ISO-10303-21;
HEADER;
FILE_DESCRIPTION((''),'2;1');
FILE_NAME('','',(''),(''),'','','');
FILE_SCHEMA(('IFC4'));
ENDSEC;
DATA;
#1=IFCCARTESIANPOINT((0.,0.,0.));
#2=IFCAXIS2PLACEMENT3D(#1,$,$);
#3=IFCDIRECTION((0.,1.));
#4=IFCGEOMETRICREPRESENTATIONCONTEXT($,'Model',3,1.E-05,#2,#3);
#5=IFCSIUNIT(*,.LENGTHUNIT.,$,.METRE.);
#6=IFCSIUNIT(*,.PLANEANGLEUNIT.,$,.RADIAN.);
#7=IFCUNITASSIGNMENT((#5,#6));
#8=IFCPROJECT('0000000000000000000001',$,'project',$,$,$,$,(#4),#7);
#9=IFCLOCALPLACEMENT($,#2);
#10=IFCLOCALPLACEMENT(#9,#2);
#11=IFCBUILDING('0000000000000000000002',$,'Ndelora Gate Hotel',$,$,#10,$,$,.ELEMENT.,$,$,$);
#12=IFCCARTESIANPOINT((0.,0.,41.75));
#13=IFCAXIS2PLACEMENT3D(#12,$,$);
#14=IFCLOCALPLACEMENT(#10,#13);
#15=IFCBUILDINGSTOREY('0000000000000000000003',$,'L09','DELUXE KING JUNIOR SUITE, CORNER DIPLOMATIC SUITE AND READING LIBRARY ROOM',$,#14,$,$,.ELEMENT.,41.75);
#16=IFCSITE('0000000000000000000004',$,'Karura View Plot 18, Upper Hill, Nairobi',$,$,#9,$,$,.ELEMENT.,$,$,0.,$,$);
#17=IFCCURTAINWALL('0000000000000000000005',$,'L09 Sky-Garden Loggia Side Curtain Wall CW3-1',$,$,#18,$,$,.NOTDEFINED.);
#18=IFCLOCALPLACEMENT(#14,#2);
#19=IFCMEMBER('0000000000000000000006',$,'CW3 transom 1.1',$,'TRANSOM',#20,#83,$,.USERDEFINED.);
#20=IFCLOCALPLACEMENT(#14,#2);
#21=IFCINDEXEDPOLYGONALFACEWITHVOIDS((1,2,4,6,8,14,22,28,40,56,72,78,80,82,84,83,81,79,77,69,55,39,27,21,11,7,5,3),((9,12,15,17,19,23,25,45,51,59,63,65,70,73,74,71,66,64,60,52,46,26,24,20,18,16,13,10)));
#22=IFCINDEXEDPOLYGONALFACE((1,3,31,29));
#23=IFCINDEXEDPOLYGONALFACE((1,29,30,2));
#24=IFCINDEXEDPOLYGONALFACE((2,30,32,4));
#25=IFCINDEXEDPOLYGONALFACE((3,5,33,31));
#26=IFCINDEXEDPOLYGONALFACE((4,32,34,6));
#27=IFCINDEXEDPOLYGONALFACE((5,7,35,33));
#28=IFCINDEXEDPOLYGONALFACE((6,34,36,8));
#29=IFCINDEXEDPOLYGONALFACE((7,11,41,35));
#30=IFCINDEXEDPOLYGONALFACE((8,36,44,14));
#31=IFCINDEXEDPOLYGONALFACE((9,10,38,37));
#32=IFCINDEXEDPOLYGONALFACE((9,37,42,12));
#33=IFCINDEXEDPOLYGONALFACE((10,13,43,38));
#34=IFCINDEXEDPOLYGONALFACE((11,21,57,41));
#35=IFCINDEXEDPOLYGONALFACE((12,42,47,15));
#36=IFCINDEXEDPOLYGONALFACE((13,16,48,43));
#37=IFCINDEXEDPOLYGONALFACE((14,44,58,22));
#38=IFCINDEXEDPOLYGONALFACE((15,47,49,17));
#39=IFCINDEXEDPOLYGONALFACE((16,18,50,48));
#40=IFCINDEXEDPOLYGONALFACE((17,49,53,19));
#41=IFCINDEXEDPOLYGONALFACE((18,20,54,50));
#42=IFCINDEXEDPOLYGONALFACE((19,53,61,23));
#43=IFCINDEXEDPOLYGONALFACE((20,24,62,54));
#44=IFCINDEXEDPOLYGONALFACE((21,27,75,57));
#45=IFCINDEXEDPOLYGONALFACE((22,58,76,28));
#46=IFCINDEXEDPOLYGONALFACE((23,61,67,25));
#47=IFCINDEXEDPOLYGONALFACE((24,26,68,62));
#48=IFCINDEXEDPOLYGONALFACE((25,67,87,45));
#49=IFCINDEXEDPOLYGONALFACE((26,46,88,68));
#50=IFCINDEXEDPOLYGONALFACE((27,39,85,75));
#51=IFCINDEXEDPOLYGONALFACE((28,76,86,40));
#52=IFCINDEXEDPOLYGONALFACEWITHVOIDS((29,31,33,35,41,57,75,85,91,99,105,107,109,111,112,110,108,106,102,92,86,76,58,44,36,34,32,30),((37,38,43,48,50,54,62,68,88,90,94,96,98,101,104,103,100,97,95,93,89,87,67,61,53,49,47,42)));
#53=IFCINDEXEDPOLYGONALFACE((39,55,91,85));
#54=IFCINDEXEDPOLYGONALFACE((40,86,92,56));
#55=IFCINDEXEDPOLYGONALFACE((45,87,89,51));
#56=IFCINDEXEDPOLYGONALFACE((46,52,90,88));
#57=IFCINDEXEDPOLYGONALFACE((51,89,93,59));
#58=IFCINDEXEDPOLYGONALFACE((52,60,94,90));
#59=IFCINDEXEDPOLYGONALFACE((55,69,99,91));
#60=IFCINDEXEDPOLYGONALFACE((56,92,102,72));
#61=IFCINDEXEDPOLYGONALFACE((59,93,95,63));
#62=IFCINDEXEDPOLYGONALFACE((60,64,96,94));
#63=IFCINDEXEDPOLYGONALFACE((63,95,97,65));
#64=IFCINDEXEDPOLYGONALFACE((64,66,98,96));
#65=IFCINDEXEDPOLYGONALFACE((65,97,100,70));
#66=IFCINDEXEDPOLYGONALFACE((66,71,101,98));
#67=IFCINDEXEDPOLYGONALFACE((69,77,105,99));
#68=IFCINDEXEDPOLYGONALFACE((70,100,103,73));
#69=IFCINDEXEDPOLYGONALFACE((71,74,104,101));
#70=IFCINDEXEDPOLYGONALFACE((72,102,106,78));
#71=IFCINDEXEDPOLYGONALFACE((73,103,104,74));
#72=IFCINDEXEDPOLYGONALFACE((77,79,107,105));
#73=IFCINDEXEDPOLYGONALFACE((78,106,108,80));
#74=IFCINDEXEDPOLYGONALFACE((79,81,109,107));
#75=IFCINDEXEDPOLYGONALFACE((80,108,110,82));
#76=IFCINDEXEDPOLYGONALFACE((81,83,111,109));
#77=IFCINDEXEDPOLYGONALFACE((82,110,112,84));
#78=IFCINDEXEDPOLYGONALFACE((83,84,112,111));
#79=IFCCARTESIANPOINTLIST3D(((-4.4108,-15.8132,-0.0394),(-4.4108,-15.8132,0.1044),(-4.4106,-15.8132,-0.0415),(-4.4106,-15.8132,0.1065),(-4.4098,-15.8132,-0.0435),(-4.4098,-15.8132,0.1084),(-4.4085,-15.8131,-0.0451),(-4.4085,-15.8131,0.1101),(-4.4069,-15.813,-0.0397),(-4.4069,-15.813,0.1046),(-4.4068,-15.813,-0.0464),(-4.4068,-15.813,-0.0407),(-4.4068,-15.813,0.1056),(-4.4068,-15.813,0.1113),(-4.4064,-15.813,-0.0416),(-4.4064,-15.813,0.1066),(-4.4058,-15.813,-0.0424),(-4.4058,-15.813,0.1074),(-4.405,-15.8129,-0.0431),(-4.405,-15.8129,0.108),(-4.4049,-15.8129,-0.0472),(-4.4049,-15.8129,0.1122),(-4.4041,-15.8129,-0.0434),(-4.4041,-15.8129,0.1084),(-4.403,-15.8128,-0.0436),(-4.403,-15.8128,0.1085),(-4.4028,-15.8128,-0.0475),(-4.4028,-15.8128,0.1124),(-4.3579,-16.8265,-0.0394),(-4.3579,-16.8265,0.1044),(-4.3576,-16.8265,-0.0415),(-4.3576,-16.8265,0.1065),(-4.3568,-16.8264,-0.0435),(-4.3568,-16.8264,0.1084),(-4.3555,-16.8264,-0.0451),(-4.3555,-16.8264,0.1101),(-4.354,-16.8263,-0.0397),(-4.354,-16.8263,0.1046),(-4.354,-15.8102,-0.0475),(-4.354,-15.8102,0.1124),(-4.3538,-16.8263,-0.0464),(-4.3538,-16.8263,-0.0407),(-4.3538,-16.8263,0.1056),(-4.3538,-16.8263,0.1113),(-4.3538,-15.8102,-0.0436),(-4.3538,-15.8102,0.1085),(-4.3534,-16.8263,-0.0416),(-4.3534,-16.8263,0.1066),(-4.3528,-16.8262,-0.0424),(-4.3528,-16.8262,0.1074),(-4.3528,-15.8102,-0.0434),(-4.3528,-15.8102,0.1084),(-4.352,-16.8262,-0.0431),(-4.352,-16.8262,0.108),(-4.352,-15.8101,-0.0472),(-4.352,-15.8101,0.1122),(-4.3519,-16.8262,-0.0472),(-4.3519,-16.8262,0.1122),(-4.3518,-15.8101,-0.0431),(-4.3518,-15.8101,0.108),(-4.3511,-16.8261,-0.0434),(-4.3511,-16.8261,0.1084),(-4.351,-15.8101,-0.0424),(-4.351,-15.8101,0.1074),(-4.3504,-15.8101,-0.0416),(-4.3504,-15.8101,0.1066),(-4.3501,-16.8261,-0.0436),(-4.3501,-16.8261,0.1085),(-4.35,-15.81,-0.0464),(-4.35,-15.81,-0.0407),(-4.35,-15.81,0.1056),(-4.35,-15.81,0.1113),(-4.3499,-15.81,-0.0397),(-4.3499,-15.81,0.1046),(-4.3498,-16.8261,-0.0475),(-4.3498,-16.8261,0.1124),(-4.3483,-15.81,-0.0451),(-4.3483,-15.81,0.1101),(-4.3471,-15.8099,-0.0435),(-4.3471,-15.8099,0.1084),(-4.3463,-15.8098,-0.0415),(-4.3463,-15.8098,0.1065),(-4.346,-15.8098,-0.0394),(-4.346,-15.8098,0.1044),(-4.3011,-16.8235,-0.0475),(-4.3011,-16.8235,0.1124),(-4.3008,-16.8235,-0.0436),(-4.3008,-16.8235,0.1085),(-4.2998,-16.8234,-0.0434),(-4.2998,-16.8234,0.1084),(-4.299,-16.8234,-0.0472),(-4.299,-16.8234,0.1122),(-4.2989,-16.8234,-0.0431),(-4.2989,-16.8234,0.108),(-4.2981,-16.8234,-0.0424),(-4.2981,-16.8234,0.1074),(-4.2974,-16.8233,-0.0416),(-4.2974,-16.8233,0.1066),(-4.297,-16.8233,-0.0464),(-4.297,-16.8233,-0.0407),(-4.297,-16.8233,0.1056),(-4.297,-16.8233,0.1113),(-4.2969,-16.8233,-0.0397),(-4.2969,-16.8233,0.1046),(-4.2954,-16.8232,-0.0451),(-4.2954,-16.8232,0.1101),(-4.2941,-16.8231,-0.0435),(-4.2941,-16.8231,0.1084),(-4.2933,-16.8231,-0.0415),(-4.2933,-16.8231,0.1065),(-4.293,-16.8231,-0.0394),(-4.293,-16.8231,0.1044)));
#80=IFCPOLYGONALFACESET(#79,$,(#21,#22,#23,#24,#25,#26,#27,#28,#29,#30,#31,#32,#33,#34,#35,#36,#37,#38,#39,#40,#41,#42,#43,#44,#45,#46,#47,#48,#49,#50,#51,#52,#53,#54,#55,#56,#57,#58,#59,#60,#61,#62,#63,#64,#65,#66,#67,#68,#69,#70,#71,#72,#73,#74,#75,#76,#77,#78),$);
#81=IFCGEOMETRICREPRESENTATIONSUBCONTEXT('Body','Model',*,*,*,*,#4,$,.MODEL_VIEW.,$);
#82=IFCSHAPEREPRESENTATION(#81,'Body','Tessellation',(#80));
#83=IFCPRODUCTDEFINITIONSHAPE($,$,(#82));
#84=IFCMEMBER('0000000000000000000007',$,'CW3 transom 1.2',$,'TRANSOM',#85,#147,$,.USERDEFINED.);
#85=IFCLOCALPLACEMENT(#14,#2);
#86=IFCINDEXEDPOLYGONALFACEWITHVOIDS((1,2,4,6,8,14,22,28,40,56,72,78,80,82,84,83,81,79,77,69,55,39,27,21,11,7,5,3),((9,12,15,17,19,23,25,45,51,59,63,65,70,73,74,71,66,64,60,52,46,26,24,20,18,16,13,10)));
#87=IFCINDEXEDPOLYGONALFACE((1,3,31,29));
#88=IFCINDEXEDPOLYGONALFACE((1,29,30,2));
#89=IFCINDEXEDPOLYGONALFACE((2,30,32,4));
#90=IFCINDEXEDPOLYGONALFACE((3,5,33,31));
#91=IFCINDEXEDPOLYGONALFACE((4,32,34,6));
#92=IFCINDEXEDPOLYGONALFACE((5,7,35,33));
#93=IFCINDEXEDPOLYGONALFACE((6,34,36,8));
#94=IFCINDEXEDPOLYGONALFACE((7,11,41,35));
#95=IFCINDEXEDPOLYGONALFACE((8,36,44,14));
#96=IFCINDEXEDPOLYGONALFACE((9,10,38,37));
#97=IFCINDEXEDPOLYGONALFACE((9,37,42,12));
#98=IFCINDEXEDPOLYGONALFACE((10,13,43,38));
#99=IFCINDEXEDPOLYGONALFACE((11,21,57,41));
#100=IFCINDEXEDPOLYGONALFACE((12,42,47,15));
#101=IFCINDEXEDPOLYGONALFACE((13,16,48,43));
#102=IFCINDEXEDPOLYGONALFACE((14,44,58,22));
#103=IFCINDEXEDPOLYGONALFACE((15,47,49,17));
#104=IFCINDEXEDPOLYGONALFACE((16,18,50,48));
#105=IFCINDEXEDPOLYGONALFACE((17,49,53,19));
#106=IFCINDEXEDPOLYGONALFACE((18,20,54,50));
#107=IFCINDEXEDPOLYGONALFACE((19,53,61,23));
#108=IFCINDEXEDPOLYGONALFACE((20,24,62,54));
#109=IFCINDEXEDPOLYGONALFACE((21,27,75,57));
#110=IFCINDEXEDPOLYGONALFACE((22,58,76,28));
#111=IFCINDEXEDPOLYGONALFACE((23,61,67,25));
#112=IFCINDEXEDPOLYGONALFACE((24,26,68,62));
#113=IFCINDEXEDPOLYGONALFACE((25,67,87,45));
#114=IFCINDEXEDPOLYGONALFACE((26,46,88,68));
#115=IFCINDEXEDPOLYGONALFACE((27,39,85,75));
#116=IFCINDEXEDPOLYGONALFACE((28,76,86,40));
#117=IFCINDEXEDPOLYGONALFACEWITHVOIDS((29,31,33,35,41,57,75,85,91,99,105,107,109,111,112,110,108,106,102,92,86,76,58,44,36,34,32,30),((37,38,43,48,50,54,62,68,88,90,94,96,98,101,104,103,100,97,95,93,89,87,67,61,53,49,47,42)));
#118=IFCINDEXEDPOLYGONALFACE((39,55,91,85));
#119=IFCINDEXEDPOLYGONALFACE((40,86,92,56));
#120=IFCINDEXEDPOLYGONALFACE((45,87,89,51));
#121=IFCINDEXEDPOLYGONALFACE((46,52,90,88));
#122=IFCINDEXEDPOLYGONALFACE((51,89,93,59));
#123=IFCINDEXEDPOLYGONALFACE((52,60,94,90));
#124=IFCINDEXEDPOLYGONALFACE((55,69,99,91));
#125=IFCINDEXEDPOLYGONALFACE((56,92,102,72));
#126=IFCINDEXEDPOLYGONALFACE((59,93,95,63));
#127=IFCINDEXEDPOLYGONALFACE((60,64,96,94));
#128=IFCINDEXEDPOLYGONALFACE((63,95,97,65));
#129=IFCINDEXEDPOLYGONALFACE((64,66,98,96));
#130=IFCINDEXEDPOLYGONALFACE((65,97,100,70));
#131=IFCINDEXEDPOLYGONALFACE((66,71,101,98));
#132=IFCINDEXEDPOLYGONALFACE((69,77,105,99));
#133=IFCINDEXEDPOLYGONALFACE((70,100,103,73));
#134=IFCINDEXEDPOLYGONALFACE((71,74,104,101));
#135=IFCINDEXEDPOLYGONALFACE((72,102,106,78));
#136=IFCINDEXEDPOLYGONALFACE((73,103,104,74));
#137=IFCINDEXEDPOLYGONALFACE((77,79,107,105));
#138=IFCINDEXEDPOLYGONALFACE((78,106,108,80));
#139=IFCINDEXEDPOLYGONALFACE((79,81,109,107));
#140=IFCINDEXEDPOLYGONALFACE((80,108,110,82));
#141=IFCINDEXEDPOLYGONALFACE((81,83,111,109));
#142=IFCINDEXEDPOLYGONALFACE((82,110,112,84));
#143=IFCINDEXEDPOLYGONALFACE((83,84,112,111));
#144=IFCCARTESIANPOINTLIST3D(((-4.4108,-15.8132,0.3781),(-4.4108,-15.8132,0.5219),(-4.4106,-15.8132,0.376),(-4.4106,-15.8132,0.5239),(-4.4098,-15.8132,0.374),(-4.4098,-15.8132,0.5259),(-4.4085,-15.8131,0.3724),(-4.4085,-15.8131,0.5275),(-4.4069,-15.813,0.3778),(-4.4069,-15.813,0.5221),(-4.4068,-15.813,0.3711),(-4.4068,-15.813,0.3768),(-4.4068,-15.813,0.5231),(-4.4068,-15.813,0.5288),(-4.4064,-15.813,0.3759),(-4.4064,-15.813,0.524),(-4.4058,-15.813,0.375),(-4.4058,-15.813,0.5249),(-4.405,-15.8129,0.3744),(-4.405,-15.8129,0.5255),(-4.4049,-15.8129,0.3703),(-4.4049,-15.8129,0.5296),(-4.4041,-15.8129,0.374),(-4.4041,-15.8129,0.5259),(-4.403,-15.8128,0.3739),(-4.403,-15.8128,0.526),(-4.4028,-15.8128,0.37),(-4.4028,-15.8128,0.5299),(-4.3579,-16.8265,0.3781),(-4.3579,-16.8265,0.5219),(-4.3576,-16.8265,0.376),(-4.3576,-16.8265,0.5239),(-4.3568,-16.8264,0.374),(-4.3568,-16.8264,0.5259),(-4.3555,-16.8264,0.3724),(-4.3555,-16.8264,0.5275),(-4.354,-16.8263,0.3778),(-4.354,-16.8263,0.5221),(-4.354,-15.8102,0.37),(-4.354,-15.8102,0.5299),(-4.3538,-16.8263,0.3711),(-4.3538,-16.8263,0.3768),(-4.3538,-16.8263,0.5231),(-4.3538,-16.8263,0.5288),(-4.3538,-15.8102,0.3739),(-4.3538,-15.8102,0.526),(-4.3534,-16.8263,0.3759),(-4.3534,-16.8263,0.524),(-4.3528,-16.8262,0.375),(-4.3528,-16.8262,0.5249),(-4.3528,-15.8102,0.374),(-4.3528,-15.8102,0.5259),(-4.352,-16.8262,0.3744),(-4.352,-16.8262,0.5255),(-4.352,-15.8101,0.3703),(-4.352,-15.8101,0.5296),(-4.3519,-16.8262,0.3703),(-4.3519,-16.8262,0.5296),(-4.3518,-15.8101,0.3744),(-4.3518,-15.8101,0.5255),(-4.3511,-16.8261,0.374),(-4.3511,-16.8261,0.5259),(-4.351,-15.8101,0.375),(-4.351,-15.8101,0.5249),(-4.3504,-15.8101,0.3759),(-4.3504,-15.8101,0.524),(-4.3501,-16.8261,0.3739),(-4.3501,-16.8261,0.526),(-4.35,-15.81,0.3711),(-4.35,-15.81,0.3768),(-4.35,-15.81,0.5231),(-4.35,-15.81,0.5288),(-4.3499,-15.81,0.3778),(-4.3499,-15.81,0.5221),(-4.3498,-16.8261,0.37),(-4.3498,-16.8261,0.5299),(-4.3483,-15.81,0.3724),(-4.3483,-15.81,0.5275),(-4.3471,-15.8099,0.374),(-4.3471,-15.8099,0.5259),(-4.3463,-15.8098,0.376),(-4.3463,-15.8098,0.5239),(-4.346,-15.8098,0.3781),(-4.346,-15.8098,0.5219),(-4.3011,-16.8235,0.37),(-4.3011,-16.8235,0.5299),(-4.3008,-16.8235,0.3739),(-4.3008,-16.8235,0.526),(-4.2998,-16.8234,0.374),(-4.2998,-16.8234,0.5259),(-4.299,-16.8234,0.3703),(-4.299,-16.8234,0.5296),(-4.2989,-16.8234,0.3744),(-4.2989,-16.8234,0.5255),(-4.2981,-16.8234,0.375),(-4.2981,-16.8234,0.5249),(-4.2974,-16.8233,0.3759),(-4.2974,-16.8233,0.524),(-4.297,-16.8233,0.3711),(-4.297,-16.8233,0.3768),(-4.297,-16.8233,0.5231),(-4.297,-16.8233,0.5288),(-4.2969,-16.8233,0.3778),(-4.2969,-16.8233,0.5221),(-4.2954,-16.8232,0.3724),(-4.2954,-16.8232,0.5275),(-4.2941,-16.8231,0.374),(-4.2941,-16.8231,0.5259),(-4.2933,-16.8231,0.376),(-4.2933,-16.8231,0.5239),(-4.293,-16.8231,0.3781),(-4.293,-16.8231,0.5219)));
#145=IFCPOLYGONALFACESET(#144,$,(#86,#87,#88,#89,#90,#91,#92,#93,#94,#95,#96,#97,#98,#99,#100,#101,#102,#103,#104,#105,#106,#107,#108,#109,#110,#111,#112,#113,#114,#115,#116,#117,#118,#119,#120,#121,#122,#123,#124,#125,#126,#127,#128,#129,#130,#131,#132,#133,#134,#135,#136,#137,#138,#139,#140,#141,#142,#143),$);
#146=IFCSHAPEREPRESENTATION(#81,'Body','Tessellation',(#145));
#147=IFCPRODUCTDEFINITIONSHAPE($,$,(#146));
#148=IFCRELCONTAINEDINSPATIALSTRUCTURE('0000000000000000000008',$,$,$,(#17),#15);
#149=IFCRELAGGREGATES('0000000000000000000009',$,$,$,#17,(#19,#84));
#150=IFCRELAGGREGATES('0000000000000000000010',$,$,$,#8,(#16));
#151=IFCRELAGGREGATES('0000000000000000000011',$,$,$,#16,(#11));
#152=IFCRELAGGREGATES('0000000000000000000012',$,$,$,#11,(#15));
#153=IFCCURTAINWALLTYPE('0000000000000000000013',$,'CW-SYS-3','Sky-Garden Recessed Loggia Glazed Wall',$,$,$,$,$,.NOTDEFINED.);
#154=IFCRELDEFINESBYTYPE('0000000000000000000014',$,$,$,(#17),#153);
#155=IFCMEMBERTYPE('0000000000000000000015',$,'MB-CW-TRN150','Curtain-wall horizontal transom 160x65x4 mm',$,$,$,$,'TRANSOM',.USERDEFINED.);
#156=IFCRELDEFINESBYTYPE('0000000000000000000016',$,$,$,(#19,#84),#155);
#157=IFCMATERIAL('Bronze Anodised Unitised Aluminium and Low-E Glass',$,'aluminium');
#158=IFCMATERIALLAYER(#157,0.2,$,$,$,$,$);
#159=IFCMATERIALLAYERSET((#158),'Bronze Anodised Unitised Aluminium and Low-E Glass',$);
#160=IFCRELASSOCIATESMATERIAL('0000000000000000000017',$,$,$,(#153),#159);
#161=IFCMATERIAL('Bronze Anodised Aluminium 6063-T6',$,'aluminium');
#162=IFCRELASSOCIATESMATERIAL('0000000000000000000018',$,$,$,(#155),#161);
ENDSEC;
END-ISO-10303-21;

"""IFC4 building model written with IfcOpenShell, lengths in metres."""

from ifc_helpers import new_model, si_unit, direction, frame, origin, origin_2d, place, context, subcontext, project, spatial, hollow_rectangle, extrude, material, layer, layer_set, material_profile, profile_set, type_object, element, aggregate, save


model = new_model("IFC4")

# Units and contexts
model_context = context("Model", 3, precision=1e-05, world=origin(), true_north=direction((0.0, 1.0)))
body_context = subcontext(model_context, "Body", "Model", "MODEL_VIEW")
ifc_project = project(units=[si_unit("LENGTHUNIT", "METRE"), si_unit("PLANEANGLEUNIT", "RADIAN")], contexts=[model_context])

# Site, building, storey
site_placement = place(None, origin())
site = spatial("IfcSite", under=ifc_project, at=site_placement, Name="Karura View Plot 18, Upper Hill, Nairobi", CompositionType="ELEMENT", RefElevation=0.0)
building_placement = place(site_placement, origin())
building = spatial("IfcBuilding", under=site, at=building_placement, Name="Ndelora Gate Hotel", CompositionType="ELEMENT")
storey_placement = place(building_placement, frame((0.0, 0.0, 41.75)))
storey = spatial("IfcBuildingStorey", under=building, at=storey_placement, Name="L09", Description="DELUXE KING JUNIOR SUITE, CORNER DIPLOMATIC SUITE AND READING LIBRARY ROOM", CompositionType="ELEMENT", Elevation=41.75)

# Curtain wall, members
ifc_material_1 = material(Name="Bronze Anodised Unitised Aluminium and Low-E Glass", Category="aluminium")
ifc_layer_1 = layer(ifc_material_1, 0.2)
ifc_layer_set_1 = layer_set([ifc_layer_1], Name="Bronze Anodised Unitised Aluminium and Low-E Glass")
curtain_wall_type = type_object("IfcCurtainWallType", Name="CW-SYS-3", Description="Sky-Garden Recessed Loggia Glazed Wall", PredefinedType="NOTDEFINED", material=ifc_layer_set_1)
curtain_wall_placement = place(storey_placement, origin())
curtain_wall = element("IfcCurtainWall", 1, at=curtain_wall_placement, inside=storey, type_object=curtain_wall_type, Name="L09 Sky-Garden Loggia Side Curtain Wall CW3-1", PredefinedType="NOTDEFINED")
ifc_material_2 = material(Name="Bronze Anodised Aluminium 6063-T6", Category="aluminium")
ifc_material_profile_1 = material_profile(ifc_material_2, hollow_rectangle(XDim=0.0649, YDim=0.1599, WallThickness=0.0039, InnerFilletRadius=0.0039, OuterFilletRadius=0.0081, at=origin_2d()), Name="ALU 160x65x4")
ifc_profile_set_1 = profile_set([ifc_material_profile_1], Name="Bronze Anodised Aluminium 6063-T6")
member_type_1 = type_object("IfcMemberType", Name="MB-CW-TRN150", Description="Curtain-wall horizontal transom 160x65x4 mm", ElementType="TRANSOM", PredefinedType="USERDEFINED", material=ifc_profile_set_1)
member_1_placement = place(storey_placement, frame((-4.3784, -15.8115, 0.0325), z_axis=(0.052218, -0.998636, 0.0), x_axis=(0.998636, 0.052218, 0.0)))
member_1 = element("IfcMember", 2, at=member_1_placement, type_object=member_type_1, Name="CW3 transom 1.1", ObjectType="TRANSOM", PredefinedType="USERDEFINED", context=body_context, shape_type="SweptSolid", body=[
    extrude(hollow_rectangle(XDim=0.0649, YDim=0.1599, WallThickness=0.0039, InnerFilletRadius=0.0039, OuterFilletRadius=0.0081, at=origin_2d()), origin(), (0.0, 0.0, 1.0), 1.0146),
])
member_2_placement = place(storey_placement, frame((-4.3784, -15.8115, 0.45), z_axis=(0.052218, -0.998636, 0.0), x_axis=(0.998636, 0.052218, 0.0)))
member_2 = element("IfcMember", 3, at=member_2_placement, type_object=member_type_1, Name="CW3 transom 1.2", ObjectType="TRANSOM", PredefinedType="USERDEFINED", context=body_context, shape_type="SweptSolid", body=[
    extrude(hollow_rectangle(XDim=0.0649, YDim=0.1599, WallThickness=0.0039, InnerFilletRadius=0.0039, OuterFilletRadius=0.0081, at=origin_2d()), origin(), (0.0, 0.0, 1.0), 1.0146),
])
aggregate(curtain_wall, [member_1, member_2])

save(model, "model.ifc")
